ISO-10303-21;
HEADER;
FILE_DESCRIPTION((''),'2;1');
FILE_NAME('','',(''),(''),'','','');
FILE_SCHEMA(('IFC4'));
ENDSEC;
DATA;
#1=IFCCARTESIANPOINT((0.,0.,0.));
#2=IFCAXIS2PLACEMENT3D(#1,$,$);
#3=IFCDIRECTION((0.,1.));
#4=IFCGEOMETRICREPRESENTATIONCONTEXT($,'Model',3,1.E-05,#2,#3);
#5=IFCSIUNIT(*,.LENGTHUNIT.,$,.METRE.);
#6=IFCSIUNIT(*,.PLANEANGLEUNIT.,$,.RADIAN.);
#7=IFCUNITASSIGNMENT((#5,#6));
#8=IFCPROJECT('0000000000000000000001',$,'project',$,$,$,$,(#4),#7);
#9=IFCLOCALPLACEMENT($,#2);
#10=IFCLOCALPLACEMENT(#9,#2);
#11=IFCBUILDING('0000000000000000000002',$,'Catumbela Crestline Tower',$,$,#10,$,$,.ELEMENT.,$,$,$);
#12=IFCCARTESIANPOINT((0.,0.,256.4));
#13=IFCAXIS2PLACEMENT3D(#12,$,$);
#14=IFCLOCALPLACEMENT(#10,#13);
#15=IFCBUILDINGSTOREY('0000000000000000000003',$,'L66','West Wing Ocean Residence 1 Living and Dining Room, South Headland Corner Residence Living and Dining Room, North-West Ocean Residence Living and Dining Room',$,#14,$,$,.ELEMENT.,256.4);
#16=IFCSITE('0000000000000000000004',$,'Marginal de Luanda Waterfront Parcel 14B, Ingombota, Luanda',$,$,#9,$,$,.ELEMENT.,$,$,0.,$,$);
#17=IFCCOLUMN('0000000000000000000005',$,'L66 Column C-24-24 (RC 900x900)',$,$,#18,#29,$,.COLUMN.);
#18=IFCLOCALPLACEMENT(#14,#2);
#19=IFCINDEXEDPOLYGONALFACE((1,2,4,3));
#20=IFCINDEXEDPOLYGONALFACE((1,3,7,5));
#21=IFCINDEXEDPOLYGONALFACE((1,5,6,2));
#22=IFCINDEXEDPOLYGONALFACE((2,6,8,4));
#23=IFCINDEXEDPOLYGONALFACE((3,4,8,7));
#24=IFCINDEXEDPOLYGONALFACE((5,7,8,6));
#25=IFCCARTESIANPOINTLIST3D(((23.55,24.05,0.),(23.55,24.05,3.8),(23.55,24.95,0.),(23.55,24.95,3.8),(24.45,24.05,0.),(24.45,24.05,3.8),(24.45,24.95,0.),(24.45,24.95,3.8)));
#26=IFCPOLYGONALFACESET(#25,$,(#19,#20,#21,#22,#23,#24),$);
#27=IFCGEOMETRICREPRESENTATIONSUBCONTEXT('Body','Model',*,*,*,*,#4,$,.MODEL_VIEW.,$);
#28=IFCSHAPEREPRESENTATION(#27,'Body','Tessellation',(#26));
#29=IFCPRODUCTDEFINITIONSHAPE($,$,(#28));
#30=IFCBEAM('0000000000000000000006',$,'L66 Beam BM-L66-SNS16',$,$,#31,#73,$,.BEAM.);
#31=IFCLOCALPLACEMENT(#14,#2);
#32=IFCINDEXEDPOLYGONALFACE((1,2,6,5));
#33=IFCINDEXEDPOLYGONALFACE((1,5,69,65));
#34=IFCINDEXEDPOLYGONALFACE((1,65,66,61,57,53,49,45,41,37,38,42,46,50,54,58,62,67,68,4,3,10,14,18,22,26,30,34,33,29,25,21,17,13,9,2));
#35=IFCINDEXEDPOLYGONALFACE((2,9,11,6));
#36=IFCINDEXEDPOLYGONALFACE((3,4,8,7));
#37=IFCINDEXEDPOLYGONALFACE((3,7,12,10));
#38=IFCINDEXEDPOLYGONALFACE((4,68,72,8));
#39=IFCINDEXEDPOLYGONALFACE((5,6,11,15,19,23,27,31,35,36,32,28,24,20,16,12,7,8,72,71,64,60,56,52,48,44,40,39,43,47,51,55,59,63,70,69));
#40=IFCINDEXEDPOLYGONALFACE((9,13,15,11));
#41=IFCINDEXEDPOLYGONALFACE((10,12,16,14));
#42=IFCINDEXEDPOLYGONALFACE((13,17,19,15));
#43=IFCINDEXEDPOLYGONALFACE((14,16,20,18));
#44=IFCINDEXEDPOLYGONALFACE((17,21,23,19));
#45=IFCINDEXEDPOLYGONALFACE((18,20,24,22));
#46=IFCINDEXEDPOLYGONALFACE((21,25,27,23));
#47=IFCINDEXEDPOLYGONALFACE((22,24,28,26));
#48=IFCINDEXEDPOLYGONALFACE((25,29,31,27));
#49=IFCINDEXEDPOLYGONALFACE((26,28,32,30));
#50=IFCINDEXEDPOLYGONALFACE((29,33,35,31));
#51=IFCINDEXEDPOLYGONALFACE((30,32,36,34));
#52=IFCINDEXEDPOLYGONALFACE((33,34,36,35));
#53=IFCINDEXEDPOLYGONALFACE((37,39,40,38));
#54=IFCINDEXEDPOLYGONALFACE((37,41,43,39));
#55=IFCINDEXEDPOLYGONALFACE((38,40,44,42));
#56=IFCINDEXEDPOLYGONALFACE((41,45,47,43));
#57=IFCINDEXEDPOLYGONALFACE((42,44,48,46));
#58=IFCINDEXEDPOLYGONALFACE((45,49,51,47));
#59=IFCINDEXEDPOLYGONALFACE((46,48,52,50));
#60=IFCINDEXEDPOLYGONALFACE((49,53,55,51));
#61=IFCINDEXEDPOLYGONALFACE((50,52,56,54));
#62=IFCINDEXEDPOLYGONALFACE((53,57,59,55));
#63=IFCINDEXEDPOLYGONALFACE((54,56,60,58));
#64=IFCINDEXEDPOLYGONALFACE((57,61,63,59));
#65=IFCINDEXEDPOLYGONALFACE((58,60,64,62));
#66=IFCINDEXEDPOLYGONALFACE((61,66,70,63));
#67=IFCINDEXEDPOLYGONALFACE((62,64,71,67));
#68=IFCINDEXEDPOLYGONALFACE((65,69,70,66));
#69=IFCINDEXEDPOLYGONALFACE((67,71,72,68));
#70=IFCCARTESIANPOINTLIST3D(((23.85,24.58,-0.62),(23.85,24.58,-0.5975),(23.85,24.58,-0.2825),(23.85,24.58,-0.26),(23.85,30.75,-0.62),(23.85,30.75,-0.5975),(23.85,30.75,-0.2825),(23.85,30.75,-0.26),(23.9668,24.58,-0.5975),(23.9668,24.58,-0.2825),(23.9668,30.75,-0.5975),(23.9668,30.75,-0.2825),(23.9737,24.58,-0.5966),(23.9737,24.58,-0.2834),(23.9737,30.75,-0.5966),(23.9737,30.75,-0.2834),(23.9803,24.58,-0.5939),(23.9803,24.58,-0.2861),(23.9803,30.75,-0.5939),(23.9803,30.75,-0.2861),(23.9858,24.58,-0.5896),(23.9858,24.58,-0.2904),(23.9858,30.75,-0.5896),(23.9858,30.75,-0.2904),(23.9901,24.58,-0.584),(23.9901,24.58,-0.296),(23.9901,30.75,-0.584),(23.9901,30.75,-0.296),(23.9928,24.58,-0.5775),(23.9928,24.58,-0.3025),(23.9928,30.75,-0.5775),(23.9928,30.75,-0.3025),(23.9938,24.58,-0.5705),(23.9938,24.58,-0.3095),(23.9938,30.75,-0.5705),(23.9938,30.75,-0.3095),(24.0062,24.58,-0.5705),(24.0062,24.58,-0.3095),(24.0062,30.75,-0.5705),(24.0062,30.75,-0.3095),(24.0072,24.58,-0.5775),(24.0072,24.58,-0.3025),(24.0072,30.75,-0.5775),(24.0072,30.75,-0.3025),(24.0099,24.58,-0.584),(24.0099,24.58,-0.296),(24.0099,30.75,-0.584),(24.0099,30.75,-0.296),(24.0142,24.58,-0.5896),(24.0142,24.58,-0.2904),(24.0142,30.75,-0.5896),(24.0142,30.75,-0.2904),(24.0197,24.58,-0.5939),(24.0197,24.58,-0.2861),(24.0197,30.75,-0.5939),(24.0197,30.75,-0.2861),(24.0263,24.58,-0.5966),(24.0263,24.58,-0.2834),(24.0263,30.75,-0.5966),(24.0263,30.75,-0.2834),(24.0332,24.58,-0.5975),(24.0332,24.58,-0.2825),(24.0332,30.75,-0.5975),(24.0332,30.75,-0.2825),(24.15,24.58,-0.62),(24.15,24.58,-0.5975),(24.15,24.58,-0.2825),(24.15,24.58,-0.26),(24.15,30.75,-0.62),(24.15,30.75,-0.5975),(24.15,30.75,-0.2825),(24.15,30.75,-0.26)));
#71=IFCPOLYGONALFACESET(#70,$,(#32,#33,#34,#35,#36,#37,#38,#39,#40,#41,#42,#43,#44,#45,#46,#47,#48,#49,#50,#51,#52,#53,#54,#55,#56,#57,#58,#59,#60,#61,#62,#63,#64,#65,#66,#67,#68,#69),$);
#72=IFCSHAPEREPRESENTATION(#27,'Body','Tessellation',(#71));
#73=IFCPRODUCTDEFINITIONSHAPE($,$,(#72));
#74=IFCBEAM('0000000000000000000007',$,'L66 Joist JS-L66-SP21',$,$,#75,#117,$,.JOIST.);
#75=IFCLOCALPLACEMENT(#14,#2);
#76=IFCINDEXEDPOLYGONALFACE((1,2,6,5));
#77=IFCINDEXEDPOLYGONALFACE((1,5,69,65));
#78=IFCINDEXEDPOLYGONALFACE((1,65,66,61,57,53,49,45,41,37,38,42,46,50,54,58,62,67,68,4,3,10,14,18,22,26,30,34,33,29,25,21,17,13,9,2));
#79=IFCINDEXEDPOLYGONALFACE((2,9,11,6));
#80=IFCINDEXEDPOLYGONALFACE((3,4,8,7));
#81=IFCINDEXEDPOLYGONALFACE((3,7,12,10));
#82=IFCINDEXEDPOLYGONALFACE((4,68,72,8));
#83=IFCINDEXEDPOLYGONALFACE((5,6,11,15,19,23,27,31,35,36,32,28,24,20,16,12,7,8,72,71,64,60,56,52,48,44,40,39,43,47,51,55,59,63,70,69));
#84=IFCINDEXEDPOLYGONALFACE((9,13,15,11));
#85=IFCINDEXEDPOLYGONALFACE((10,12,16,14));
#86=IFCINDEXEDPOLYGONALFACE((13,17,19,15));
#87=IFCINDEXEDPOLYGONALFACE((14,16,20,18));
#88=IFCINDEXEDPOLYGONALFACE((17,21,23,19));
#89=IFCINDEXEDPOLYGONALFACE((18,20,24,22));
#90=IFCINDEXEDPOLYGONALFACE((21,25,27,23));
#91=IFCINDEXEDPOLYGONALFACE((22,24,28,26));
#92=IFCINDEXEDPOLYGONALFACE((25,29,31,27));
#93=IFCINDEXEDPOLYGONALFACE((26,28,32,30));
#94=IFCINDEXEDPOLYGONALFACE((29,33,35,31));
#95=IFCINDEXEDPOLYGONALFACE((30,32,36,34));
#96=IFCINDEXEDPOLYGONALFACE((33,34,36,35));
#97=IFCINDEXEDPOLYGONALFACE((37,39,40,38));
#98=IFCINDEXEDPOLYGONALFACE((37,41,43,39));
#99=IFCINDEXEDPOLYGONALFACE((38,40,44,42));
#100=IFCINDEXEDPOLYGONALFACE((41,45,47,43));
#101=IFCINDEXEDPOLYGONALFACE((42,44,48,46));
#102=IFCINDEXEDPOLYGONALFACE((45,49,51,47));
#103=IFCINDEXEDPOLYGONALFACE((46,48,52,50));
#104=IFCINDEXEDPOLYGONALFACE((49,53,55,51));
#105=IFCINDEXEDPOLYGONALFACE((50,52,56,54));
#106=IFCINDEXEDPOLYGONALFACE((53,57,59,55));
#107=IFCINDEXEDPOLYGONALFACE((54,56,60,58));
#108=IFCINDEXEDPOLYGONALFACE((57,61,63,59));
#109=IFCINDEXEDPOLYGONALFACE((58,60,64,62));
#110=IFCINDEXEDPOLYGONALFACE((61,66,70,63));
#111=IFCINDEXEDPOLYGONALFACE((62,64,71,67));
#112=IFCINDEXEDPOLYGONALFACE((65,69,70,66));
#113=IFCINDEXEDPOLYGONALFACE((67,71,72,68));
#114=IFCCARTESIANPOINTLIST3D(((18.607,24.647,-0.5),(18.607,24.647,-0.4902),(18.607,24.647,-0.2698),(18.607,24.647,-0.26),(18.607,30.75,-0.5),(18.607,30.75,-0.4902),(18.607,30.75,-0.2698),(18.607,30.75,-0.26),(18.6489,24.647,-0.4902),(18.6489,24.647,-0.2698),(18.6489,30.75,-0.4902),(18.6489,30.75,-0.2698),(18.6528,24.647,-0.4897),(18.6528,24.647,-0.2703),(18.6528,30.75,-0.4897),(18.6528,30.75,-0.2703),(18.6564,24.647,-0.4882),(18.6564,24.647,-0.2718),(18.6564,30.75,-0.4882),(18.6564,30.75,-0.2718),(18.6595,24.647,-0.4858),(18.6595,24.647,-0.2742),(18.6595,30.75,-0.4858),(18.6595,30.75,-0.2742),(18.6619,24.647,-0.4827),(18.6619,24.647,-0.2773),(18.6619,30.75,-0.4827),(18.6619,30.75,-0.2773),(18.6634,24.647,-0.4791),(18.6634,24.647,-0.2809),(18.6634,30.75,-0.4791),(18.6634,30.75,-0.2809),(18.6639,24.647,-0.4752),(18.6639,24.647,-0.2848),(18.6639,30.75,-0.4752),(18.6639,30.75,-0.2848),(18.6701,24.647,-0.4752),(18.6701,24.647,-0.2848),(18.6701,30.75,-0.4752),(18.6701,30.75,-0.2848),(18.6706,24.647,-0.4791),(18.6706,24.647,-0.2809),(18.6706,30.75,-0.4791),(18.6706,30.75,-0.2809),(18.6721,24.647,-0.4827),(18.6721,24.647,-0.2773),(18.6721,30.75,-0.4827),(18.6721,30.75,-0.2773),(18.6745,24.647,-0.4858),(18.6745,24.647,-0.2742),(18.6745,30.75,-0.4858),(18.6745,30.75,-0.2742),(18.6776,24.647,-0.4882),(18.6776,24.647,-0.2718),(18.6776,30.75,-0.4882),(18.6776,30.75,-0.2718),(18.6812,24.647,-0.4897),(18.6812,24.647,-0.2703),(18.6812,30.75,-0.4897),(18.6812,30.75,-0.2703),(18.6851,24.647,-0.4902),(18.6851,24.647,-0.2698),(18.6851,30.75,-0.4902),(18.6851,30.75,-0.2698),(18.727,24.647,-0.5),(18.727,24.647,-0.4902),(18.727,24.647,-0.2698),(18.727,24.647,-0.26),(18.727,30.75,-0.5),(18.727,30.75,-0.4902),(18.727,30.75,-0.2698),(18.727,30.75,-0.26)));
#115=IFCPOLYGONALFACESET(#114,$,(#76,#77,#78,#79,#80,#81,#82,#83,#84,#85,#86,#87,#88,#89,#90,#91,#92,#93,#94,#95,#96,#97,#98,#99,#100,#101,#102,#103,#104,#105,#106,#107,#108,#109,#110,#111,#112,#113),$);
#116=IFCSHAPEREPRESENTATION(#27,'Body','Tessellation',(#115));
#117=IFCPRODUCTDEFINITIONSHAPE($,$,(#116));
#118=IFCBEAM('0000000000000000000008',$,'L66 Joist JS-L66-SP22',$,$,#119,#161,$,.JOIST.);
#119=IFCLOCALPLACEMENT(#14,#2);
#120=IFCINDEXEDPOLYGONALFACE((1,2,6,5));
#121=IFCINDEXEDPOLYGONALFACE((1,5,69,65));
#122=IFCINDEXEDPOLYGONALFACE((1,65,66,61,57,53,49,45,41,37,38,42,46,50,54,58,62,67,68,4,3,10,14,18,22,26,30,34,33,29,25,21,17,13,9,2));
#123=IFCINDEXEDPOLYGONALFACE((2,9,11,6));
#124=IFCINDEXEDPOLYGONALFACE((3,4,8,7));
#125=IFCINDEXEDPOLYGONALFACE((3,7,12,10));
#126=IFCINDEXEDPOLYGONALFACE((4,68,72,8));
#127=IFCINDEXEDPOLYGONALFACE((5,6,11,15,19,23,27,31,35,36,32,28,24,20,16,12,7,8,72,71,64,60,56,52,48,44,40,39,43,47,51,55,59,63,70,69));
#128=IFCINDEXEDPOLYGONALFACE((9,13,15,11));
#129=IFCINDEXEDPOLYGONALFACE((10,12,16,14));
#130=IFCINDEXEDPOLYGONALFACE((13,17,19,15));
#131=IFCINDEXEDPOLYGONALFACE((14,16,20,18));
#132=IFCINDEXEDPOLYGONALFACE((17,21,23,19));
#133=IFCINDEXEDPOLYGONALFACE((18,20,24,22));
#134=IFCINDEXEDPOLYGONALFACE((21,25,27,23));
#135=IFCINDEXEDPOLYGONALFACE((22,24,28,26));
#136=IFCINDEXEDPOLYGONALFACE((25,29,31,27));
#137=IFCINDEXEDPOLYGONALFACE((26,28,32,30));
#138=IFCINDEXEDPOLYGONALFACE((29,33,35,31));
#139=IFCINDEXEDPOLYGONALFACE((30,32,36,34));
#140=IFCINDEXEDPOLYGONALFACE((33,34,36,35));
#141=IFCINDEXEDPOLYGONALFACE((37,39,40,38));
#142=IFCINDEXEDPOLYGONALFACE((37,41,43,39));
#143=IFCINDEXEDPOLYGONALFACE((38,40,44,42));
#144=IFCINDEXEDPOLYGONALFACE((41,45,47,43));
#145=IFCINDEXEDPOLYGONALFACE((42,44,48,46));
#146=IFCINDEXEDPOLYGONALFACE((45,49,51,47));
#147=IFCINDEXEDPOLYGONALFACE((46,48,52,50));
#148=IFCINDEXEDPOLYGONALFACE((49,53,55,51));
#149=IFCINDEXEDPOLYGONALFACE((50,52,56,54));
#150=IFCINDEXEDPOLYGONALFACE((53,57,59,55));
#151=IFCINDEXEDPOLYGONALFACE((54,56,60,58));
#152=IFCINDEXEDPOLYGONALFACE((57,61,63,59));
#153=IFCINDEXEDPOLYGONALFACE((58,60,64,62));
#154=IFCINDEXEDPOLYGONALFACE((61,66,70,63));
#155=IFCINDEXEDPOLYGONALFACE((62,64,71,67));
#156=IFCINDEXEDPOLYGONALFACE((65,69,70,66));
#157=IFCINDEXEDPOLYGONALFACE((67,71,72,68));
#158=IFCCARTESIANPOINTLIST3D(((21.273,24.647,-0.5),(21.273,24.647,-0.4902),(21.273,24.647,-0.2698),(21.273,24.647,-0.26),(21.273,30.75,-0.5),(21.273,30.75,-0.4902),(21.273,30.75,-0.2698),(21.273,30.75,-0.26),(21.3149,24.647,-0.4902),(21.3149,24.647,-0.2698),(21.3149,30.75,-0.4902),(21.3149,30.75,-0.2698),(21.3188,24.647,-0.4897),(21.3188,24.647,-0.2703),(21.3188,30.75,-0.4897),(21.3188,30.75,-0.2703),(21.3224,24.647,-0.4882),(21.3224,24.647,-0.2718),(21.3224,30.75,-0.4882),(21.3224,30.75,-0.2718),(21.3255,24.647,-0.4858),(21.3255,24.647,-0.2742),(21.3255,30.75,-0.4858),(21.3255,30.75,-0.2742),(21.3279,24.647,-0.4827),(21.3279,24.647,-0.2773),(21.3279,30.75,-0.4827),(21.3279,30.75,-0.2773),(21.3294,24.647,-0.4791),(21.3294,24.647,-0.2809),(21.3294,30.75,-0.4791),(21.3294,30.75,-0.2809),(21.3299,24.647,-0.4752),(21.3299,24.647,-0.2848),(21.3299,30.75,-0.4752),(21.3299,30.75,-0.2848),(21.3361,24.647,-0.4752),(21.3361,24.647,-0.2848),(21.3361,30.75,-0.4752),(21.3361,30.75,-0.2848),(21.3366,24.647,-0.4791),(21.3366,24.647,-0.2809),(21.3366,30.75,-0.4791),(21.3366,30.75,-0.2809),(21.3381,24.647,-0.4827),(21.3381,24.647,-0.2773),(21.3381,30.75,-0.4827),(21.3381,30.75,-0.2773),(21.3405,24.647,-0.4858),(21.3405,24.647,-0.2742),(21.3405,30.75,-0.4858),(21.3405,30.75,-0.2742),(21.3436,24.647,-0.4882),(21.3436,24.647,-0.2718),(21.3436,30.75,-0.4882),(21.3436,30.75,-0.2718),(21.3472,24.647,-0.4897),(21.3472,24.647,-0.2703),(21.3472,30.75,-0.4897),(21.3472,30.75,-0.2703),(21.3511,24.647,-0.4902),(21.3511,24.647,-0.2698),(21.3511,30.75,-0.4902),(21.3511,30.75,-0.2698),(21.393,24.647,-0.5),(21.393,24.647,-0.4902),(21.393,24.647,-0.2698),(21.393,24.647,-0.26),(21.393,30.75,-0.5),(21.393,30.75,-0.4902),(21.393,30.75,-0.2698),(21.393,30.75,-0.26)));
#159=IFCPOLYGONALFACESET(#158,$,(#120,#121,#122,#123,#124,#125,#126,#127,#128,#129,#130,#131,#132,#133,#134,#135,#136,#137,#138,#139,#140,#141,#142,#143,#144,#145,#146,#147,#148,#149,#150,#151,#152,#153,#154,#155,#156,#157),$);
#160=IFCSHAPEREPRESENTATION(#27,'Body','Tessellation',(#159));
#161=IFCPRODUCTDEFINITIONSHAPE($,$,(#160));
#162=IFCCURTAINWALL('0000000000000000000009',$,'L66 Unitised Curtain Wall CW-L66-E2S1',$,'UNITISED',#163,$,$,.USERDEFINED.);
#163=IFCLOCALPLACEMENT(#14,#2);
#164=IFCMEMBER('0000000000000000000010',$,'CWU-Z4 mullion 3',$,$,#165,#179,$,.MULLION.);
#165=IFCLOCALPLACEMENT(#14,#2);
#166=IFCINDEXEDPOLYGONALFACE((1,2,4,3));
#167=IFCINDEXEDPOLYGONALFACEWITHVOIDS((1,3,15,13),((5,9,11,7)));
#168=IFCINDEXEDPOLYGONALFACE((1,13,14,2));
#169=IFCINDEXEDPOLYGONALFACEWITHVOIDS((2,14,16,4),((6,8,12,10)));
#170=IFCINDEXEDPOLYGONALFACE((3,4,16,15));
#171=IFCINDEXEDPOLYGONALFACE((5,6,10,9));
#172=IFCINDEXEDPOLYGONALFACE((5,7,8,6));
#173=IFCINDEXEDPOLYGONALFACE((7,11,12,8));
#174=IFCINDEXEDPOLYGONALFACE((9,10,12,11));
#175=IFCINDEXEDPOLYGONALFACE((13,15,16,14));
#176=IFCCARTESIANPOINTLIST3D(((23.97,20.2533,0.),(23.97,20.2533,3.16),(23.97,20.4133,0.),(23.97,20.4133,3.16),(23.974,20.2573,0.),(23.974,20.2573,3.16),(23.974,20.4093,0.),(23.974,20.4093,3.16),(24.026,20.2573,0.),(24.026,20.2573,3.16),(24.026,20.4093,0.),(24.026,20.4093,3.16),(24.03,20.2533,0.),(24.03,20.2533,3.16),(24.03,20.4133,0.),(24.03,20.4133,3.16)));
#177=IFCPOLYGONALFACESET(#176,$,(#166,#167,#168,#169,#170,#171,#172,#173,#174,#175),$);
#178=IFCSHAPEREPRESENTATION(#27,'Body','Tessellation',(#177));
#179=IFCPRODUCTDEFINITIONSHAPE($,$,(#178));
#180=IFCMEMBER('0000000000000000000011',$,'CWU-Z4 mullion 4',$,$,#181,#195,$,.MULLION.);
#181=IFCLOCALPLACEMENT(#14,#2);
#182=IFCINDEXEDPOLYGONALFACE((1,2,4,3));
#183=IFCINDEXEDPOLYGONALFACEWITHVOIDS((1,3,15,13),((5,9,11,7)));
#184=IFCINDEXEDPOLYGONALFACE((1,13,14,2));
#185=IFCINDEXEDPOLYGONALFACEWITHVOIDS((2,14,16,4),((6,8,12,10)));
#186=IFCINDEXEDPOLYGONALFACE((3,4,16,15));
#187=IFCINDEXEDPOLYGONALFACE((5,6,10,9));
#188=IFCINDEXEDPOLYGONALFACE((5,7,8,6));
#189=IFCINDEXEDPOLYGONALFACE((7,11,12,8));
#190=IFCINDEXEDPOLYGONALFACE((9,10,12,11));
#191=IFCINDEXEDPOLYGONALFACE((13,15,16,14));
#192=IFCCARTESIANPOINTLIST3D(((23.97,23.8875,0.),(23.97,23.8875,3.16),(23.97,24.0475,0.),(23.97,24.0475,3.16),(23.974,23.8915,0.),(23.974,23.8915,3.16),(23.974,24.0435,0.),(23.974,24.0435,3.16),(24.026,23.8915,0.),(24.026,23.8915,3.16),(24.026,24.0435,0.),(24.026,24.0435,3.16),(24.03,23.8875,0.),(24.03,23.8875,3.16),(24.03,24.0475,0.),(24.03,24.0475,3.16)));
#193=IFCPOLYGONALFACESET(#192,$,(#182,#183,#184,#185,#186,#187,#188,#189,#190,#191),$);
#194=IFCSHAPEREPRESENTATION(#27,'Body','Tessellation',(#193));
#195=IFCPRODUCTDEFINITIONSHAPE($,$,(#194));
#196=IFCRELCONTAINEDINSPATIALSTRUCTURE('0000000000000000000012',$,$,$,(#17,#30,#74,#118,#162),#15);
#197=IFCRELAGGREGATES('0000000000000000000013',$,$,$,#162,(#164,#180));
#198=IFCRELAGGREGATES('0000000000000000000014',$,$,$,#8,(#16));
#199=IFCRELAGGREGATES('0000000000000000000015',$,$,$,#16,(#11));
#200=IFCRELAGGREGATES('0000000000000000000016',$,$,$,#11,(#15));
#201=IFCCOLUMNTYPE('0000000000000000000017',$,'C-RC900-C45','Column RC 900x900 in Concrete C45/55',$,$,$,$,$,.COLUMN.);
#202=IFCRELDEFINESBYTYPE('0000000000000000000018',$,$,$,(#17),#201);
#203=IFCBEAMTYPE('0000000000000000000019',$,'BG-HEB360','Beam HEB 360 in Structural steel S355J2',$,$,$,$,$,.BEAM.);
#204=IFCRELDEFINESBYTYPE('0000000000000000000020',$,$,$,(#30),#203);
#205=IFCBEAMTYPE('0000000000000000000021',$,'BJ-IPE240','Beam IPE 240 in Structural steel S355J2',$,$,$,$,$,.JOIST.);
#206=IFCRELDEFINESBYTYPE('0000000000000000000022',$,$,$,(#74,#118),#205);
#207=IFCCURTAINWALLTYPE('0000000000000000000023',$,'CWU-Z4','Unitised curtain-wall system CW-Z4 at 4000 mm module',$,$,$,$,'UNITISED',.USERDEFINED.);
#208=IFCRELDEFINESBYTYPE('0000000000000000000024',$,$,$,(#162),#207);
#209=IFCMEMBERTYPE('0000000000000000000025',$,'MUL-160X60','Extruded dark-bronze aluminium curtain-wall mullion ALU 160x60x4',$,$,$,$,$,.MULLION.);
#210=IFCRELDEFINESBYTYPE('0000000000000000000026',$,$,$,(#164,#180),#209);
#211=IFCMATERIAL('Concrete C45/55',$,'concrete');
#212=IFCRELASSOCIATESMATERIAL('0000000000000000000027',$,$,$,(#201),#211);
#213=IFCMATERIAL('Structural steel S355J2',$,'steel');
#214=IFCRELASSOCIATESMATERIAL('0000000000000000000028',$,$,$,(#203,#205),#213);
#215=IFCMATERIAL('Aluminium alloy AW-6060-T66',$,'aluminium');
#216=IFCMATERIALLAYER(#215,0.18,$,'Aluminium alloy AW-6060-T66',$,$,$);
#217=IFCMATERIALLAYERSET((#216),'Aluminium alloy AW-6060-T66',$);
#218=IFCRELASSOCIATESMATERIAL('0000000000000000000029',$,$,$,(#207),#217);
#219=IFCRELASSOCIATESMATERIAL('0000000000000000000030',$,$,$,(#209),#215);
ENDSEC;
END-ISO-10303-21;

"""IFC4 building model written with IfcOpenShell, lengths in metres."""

from ifc_helpers import new_model, si_unit, direction, frame, origin, origin_2d, place, context, subcontext, project, spatial, rectangle, hollow_rectangle, i_section, extrude, material, layer, layer_set, material_profile, profile_set, type_object, element, aggregate, save


model = new_model("IFC4")

# Units and contexts
model_context = context("Model", 3, precision=1e-05, world=origin(), true_north=direction((0.0, 1.0)))
body_context = subcontext(model_context, "Body", "Model", "MODEL_VIEW")
ifc_project = project(units=[si_unit("LENGTHUNIT", "METRE"), si_unit("PLANEANGLEUNIT", "RADIAN")], contexts=[model_context])

# Site, building, storey
site_placement = place(None, origin())
site = spatial("IfcSite", under=ifc_project, at=site_placement, Name="Marginal de Luanda Waterfront Parcel 14B, Ingombota, Luanda", CompositionType="ELEMENT", RefElevation=0.0)
building_placement = place(site_placement, origin())
building = spatial("IfcBuilding", under=site, at=building_placement, Name="Catumbela Crestline Tower", CompositionType="ELEMENT")
storey_placement = place(building_placement, frame((0.0, 0.0, 256.4)))
storey = spatial("IfcBuildingStorey", under=building, at=storey_placement, Name="L66", Description="West Wing Ocean Residence 1 Living and Dining Room, South Headland Corner Residence Living and Dining Room, North-West Ocean Residence Living and Dining Room", CompositionType="ELEMENT", Elevation=256.4)

# Column
ifc_material_1 = material(Name="Concrete C45/55", Category="concrete")
ifc_material_profile_1 = material_profile(ifc_material_1, rectangle(XDim=0.9, YDim=0.9, at=origin_2d()), Name="RC 900x900")
ifc_profile_set_1 = profile_set([ifc_material_profile_1], Name="Concrete C45/55")
column_type = type_object("IfcColumnType", Name="C-RC900-C45", Description="Column RC 900x900 in Concrete C45/55", PredefinedType="COLUMN", material=ifc_profile_set_1)
column_placement = place(storey_placement, frame((24.0, 24.5, 0.0), z_axis=(0.0, 0.0, 1.0), x_axis=(1.0, 0.0, 0.0)))
element("IfcColumn", 1, at=column_placement, inside=storey, type_object=column_type, Name="L66 Column C-24-24 (RC 900x900)", PredefinedType="COLUMN", context=body_context, shape_type="SweptSolid", body=[
    extrude(rectangle(XDim=0.9, YDim=0.9, at=origin_2d()), origin(), (0.0, 0.0, 1.0), 3.8),
])

# Beams
ifc_material_2 = material(Name="Structural steel S355J2", Category="steel")
ifc_material_profile_2 = material_profile(ifc_material_2, i_section(OverallWidth=0.3, OverallDepth=0.36, WebThickness=0.0125, FlangeThickness=0.0225, FilletRadius=0.027, at=origin_2d()), Name="HEB 360")
ifc_profile_set_2 = profile_set([ifc_material_profile_2], Name="Structural steel S355J2")
beam_type_1 = type_object("IfcBeamType", Name="BG-HEB360", Description="Beam HEB 360 in Structural steel S355J2", PredefinedType="BEAM", material=ifc_profile_set_2)
beam_1_placement = place(storey_placement, frame((24.0, 24.58, -0.44), z_axis=(0.0, 1.0, 0.0), x_axis=(-1.0, 0.0, 0.0)))
element("IfcBeam", 2, at=beam_1_placement, inside=storey, type_object=beam_type_1, Name="L66 Beam BM-L66-SNS16", PredefinedType="BEAM", context=body_context, shape_type="SweptSolid", body=[
    extrude(i_section(OverallWidth=0.3, OverallDepth=0.36, WebThickness=0.0125, FlangeThickness=0.0225, FilletRadius=0.027, at=origin_2d()), origin(), (0.0, 0.0, 1.0), 6.17),
])
ifc_material_profile_3 = material_profile(ifc_material_2, i_section(OverallWidth=0.12, OverallDepth=0.24, WebThickness=0.0062, FlangeThickness=0.0098, FilletRadius=0.015, at=origin_2d()), Name="IPE 240")
ifc_profile_set_3 = profile_set([ifc_material_profile_3], Name="Structural steel S355J2")
beam_type_2 = type_object("IfcBeamType", Name="BJ-IPE240", Description="Beam IPE 240 in Structural steel S355J2", PredefinedType="JOIST", material=ifc_profile_set_3)
for number, where, z_axis, x_axis, name in (
    (3, (18.667, 24.647, -0.38), (0.0, 1.0, 0.0), (-1.0, 0.0, 0.0), "L66 Joist JS-L66-SP21"),
    (4, (21.333, 24.647, -0.38), (0.0, 1.0, 0.0), (-1.0, 0.0, 0.0), "L66 Joist JS-L66-SP22"),
):
    element("IfcBeam", number, at=place(storey_placement, frame(where, z_axis=z_axis, x_axis=x_axis)), inside=storey, type_object=beam_type_2, Name=name, PredefinedType="JOIST", context=body_context, shape_type="SweptSolid", body=[
        extrude(i_section(OverallWidth=0.12, OverallDepth=0.24, WebThickness=0.0062, FlangeThickness=0.0098, FilletRadius=0.015, at=origin_2d()), origin(), (0.0, 0.0, 1.0), 6.103),
    ])

# Curtain wall, members
ifc_material_3 = material(Name="Aluminium alloy AW-6060-T66", Category="aluminium")
ifc_layer_1 = layer(ifc_material_3, 0.18, Name="Aluminium alloy AW-6060-T66")
ifc_layer_set_1 = layer_set([ifc_layer_1], Name="Aluminium alloy AW-6060-T66")
curtain_wall_type = type_object("IfcCurtainWallType", Name="CWU-Z4", Description="Unitised curtain-wall system CW-Z4 at 4000 mm module", ElementType="UNITISED", PredefinedType="USERDEFINED", material=ifc_layer_set_1)
curtain_wall_placement = place(storey_placement, origin())
curtain_wall = element("IfcCurtainWall", 5, at=curtain_wall_placement, inside=storey, type_object=curtain_wall_type, Name="L66 Unitised Curtain Wall CW-L66-E2S1", ObjectType="UNITISED", PredefinedType="USERDEFINED")
ifc_material_profile_4 = material_profile(ifc_material_3, hollow_rectangle(XDim=0.06, YDim=0.16, WallThickness=0.004, at=origin_2d()), Name="ALU 160x60x4")
ifc_profile_set_4 = profile_set([ifc_material_profile_4], Name="Aluminium alloy AW-6060-T66")
member_type_1 = type_object("IfcMemberType", Name="MUL-160X60", Description="Extruded dark-bronze aluminium curtain-wall mullion ALU 160x60x4", PredefinedType="MULLION", material=ifc_profile_set_4)
member_1_placement = place(storey_placement, frame((24.0, 20.3333, 0.0), z_axis=(0.0, 0.0, 1.0), x_axis=(-1.0, 0.0, 0.0)))
member_1 = element("IfcMember", 6, at=member_1_placement, type_object=member_type_1, Name="CWU-Z4 mullion 3", PredefinedType="MULLION", context=body_context, shape_type="SweptSolid", body=[
    extrude(hollow_rectangle(XDim=0.06, YDim=0.16, WallThickness=0.004, at=origin_2d()), origin(), (0.0, 0.0, 1.0), 3.16),
])
member_2_placement = place(storey_placement, frame((24.0, 23.9675, 0.0), z_axis=(0.0, 0.0, 1.0), x_axis=(-1.0, 0.0, 0.0)))
member_2 = element("IfcMember", 7, at=member_2_placement, type_object=member_type_1, Name="CWU-Z4 mullion 4", PredefinedType="MULLION", context=body_context, shape_type="SweptSolid", body=[
    extrude(hollow_rectangle(XDim=0.06, YDim=0.16, WallThickness=0.004, at=origin_2d()), origin(), (0.0, 0.0, 1.0), 3.16),
])

aggregate(curtain_wall, [member_1, member_2])

save(model, "model.ifc")
